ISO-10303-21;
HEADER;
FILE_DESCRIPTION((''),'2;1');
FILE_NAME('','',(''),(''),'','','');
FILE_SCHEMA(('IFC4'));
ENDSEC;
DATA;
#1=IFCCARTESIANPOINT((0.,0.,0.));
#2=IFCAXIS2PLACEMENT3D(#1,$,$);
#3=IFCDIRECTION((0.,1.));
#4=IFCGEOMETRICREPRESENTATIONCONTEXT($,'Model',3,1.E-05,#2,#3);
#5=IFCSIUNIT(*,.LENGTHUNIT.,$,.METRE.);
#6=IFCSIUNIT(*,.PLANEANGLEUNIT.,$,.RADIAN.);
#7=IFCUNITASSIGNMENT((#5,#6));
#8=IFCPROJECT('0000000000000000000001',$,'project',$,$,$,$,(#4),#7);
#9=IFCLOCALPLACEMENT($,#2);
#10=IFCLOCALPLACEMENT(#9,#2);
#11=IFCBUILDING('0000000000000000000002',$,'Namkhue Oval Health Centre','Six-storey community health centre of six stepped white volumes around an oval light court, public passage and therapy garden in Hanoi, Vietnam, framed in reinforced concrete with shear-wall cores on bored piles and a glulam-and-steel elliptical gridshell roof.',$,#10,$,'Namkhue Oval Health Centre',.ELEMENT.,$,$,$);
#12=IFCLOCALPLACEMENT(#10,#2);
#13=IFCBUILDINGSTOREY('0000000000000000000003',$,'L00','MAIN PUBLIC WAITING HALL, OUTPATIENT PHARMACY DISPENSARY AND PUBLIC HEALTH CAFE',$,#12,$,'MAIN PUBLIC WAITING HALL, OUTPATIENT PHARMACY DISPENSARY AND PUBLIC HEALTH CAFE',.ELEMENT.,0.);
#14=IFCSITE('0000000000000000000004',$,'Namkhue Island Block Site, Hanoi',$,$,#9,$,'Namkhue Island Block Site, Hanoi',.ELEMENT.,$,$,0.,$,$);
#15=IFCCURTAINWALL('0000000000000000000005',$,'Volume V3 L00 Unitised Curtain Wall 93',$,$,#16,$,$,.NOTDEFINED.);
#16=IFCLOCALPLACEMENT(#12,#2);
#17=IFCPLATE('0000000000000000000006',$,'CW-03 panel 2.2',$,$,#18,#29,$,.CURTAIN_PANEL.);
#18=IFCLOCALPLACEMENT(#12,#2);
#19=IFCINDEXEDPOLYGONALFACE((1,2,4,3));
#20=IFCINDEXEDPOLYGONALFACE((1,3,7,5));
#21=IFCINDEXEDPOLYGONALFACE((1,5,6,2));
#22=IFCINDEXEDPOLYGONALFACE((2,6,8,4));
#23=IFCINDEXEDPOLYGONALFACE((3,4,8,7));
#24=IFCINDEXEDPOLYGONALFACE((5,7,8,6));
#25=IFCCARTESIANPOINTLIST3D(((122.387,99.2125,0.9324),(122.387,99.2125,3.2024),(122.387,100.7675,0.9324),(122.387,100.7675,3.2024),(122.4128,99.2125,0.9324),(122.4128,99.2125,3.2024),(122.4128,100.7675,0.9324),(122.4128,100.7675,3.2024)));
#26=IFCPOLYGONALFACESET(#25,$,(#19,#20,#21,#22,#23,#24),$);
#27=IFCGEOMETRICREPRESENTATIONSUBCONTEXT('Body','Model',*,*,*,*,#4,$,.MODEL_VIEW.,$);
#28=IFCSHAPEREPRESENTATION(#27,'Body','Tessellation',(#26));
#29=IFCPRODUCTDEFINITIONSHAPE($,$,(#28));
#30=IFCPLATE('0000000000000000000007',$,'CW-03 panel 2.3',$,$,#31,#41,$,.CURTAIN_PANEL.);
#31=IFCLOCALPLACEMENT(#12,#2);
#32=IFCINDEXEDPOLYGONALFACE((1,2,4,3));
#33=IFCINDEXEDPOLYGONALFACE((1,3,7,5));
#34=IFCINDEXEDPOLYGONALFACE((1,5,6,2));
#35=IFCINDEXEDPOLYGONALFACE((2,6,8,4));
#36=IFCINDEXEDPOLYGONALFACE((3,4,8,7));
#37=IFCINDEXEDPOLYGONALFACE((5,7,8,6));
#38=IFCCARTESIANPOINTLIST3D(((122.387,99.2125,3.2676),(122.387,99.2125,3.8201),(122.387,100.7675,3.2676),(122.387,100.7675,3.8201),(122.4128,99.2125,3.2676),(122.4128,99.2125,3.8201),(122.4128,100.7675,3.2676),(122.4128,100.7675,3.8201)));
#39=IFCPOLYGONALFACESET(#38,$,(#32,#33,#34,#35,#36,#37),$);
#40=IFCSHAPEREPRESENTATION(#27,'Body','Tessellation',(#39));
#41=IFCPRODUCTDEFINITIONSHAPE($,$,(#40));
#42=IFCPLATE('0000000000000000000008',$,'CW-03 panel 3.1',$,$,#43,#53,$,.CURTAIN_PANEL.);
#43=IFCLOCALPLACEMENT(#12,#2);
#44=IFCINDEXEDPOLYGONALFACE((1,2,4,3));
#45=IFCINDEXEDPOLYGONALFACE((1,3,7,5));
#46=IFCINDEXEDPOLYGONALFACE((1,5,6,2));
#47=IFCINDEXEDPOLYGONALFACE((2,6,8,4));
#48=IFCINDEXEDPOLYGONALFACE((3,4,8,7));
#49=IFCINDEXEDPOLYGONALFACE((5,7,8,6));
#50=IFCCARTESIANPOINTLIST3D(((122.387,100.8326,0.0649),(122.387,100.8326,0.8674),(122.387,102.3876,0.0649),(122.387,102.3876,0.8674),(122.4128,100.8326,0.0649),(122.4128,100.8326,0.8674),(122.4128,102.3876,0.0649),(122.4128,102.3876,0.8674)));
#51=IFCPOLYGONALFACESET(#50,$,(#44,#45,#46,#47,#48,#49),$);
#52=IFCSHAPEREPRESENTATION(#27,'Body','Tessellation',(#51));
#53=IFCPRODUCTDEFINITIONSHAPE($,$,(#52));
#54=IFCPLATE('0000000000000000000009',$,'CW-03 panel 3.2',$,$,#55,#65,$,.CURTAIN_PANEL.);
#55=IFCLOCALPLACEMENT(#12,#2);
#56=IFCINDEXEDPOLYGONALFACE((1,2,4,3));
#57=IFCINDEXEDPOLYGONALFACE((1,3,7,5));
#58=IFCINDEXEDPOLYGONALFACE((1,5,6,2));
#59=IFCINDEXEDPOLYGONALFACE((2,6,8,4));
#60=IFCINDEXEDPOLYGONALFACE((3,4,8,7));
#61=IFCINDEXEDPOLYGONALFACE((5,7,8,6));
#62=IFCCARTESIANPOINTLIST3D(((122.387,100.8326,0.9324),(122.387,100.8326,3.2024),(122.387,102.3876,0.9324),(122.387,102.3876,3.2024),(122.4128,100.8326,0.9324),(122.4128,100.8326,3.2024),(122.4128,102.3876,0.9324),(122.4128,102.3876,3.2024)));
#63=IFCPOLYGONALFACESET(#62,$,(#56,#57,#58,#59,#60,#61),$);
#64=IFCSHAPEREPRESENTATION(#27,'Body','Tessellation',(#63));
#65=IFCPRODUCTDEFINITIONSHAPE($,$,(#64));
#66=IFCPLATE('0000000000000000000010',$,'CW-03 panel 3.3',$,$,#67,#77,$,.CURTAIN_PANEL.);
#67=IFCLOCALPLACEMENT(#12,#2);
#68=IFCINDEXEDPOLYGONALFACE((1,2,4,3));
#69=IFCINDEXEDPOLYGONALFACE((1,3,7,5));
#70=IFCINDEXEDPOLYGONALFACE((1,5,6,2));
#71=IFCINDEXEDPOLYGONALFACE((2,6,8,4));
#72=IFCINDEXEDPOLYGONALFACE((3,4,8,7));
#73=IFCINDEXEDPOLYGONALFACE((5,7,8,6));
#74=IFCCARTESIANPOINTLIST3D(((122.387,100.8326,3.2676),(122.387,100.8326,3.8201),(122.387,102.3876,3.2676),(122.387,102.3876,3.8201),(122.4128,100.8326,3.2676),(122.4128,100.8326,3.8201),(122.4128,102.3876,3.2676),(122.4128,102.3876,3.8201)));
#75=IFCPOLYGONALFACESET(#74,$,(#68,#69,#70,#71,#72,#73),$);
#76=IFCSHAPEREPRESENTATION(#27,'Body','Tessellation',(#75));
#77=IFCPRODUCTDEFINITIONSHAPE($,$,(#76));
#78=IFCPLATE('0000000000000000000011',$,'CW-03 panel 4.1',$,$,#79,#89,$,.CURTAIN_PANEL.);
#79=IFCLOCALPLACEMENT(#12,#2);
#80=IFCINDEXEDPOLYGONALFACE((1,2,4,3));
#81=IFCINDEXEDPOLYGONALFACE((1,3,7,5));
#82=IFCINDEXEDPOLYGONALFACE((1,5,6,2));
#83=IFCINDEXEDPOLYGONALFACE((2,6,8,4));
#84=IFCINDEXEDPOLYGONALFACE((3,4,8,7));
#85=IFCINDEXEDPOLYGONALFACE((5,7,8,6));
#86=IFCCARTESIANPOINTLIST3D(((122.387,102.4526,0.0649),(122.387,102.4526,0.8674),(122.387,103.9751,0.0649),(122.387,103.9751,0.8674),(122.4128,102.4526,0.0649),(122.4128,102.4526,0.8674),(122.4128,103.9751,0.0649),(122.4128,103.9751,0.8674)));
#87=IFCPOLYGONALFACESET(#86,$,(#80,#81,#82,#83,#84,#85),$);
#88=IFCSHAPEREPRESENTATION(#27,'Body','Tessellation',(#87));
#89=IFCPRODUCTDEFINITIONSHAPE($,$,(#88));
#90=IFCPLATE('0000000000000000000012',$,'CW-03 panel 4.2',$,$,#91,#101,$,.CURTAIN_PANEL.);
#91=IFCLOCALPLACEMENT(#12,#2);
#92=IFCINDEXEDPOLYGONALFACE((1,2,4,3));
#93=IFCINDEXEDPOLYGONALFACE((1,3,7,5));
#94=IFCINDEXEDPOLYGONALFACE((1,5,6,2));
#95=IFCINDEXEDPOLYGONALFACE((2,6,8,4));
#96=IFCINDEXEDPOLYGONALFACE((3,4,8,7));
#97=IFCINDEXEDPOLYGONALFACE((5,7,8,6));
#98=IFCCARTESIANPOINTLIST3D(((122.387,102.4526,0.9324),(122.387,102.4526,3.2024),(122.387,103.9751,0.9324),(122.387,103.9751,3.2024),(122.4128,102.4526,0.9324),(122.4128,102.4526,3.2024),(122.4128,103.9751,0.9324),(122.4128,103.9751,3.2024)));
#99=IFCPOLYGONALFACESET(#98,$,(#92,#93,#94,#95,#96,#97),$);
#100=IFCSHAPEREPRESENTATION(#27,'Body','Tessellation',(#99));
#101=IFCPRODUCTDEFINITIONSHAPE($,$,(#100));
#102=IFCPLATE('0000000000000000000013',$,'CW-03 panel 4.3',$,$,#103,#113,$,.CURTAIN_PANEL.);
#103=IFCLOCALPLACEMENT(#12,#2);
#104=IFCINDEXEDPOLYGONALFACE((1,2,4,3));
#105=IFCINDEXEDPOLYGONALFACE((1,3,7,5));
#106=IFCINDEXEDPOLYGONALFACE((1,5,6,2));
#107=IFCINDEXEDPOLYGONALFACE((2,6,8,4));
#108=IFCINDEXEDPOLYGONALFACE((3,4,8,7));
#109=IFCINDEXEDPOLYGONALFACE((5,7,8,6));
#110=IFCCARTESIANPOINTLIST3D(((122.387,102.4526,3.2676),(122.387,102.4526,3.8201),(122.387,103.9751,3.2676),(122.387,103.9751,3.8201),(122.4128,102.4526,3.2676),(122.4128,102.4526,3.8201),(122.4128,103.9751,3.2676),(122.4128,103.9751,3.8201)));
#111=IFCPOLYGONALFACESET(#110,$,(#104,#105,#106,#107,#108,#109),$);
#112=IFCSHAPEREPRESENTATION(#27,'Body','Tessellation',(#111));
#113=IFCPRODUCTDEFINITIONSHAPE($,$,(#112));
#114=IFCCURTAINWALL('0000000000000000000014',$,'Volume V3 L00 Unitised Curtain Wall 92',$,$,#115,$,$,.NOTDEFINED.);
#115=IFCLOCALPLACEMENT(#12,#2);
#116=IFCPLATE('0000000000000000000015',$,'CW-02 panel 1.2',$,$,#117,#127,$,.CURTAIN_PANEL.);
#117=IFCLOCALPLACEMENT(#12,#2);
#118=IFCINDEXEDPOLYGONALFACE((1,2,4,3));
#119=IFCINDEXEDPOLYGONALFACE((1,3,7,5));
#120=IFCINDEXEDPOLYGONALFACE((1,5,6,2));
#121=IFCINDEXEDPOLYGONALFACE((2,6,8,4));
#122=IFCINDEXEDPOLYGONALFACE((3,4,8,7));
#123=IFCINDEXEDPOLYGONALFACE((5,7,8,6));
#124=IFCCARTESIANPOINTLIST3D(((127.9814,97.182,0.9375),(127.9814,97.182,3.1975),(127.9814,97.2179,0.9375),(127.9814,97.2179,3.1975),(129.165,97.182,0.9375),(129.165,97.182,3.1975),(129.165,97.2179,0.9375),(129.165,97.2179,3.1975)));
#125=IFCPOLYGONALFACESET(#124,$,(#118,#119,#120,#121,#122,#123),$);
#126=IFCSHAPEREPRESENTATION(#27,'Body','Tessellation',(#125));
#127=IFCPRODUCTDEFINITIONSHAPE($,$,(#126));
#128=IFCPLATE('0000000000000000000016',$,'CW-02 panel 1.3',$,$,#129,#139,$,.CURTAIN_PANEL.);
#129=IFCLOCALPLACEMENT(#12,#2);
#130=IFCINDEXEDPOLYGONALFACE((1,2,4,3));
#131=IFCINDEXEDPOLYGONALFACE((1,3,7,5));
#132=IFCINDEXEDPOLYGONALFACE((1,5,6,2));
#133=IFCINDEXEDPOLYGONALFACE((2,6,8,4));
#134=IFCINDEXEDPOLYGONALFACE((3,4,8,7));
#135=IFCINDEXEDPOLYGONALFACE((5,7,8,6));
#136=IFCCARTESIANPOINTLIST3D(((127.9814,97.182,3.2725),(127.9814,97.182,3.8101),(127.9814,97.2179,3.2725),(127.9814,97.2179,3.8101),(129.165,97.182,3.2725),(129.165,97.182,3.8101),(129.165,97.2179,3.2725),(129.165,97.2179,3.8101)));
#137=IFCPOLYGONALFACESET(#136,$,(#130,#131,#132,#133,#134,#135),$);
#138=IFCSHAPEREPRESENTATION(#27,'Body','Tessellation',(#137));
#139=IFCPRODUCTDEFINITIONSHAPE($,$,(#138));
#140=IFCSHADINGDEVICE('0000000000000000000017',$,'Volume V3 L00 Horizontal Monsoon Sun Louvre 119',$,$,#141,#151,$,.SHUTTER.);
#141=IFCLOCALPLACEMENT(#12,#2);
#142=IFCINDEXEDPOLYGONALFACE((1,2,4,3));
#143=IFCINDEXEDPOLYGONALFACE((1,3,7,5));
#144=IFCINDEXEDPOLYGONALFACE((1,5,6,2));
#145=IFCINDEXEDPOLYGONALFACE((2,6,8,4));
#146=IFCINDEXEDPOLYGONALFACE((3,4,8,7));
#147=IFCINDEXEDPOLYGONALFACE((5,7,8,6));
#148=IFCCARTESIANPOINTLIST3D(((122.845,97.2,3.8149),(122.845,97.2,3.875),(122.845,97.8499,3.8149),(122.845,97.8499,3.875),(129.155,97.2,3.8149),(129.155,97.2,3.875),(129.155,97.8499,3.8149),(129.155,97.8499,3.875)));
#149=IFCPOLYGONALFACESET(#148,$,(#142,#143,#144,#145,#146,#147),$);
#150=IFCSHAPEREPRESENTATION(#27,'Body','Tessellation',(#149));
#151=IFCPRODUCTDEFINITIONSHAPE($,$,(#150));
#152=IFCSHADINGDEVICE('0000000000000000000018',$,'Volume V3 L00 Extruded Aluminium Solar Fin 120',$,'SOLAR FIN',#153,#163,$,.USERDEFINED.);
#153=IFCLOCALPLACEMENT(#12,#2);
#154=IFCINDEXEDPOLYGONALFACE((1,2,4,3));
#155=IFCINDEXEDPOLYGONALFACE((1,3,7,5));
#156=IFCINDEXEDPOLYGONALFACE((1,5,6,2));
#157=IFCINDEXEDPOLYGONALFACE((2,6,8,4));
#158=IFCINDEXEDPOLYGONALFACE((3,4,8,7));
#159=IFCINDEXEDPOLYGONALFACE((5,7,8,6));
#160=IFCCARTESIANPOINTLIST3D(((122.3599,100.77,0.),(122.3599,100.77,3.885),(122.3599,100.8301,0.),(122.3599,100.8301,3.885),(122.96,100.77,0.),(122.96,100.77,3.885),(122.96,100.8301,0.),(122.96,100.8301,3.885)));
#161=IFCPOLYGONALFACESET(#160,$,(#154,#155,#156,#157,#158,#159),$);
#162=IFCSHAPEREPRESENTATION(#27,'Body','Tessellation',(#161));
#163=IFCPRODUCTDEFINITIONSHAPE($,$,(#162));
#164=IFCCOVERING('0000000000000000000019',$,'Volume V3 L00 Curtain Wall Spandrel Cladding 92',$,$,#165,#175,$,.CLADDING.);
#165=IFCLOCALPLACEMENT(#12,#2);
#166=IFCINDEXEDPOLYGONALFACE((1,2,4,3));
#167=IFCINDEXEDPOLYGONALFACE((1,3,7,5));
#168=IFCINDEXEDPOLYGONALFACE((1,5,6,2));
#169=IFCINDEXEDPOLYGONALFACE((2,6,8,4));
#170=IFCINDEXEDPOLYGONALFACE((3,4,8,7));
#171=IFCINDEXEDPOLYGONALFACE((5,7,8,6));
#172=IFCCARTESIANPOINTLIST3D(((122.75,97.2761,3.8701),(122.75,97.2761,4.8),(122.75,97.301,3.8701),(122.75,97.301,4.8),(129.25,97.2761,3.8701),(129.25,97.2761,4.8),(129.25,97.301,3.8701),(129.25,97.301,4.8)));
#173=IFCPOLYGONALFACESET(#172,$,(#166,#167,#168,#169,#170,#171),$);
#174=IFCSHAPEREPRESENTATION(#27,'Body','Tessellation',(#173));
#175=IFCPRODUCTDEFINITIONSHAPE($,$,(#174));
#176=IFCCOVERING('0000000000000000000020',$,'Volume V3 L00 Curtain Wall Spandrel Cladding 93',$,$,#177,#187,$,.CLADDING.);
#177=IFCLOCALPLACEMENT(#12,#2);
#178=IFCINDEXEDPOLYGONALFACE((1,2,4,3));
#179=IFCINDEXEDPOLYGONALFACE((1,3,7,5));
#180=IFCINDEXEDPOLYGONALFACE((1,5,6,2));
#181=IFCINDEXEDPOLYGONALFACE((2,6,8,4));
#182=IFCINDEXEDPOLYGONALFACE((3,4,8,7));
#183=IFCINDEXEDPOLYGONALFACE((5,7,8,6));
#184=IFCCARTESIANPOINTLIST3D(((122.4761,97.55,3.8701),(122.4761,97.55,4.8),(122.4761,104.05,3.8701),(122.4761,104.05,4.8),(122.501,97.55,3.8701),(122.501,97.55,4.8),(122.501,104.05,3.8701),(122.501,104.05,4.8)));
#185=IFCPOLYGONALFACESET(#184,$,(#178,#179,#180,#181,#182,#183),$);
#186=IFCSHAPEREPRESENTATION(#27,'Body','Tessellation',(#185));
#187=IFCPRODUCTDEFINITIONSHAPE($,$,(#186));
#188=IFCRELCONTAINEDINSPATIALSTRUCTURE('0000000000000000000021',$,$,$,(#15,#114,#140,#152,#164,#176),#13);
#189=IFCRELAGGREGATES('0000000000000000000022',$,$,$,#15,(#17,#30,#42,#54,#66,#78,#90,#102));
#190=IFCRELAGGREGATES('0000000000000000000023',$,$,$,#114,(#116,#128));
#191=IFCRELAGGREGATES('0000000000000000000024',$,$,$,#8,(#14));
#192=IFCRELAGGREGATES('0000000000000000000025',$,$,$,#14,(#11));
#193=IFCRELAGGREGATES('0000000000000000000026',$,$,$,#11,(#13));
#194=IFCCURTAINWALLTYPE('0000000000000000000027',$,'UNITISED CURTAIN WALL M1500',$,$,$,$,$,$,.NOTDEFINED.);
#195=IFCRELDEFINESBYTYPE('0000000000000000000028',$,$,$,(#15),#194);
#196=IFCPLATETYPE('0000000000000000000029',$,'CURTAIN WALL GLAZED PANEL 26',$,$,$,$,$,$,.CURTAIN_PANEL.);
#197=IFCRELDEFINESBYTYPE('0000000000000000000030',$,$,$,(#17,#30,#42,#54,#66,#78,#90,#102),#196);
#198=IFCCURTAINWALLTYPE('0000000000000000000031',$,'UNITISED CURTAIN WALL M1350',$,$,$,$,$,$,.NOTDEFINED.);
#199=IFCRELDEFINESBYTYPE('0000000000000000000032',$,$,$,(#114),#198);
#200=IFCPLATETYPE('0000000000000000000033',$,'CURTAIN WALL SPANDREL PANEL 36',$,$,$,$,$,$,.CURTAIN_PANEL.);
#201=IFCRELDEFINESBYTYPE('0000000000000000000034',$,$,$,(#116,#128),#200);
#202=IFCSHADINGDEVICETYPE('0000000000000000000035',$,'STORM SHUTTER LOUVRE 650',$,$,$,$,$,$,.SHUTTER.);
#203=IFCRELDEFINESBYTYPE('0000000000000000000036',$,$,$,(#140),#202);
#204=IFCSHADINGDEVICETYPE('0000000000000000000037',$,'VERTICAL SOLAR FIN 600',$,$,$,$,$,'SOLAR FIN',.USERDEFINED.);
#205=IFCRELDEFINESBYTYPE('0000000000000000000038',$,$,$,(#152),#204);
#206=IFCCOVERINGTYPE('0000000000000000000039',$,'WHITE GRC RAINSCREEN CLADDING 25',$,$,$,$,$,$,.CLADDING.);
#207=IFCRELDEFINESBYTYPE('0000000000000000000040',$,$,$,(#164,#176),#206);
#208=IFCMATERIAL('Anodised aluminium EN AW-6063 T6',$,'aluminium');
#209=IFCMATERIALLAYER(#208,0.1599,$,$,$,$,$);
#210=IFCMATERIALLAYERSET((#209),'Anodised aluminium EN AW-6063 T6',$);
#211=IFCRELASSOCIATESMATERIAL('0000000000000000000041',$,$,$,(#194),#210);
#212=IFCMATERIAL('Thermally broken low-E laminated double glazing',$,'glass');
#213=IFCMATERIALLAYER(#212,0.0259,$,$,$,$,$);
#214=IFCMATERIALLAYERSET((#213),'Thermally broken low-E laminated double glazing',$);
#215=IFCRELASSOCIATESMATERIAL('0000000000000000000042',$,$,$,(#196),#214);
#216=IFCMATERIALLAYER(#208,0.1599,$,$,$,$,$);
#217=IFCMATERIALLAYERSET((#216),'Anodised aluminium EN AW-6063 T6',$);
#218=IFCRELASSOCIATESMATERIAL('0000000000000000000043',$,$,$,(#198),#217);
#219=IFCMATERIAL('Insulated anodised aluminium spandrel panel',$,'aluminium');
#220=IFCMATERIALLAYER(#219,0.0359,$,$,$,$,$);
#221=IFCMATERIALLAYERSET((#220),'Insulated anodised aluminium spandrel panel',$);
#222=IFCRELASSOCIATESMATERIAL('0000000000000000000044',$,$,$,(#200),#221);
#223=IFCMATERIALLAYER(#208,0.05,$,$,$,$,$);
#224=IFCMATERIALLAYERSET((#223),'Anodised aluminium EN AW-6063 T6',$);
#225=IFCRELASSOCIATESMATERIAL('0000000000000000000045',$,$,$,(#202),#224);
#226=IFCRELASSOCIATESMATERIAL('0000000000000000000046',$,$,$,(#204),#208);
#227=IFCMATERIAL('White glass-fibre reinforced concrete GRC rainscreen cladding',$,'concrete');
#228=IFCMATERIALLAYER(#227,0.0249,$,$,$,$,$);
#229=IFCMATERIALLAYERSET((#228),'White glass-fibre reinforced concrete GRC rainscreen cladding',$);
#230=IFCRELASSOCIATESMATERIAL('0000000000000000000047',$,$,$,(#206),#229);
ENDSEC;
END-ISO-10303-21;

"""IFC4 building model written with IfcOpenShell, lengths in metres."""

from ifc_helpers import new_model, si_unit, direction, frame, origin, origin_2d, place, context, subcontext, project, spatial, rectangle, extrude, material, layer, layer_set, type_object, element, aggregate, save


model = new_model("IFC4")

# Units and contexts
model_context = context("Model", 3, precision=1e-05, world=origin(), true_north=direction((0.0, 1.0)))
body_context = subcontext(model_context, "Body", "Model", "MODEL_VIEW")
ifc_project = project(units=[si_unit("LENGTHUNIT", "METRE"), si_unit("PLANEANGLEUNIT", "RADIAN")], contexts=[model_context])

# Site, building, storey
site_placement = place(None, origin())
site = spatial("IfcSite", under=ifc_project, at=site_placement, Name="Namkhue Island Block Site, Hanoi", LongName="Namkhue Island Block Site, Hanoi", CompositionType="ELEMENT", RefElevation=0.0)
building_placement = place(site_placement, origin())
building = spatial("IfcBuilding", under=site, at=building_placement, Name="Namkhue Oval Health Centre", Description="Six-storey community health centre of six stepped white volumes around an oval light court, public passage and therapy garden in Hanoi, Vietnam, framed in reinforced concrete with shear-wall cores on bored piles and a glulam-and-steel elliptical gridshell roof.", LongName="Namkhue Oval Health Centre", CompositionType="ELEMENT")
storey_placement = place(building_placement, origin())
storey = spatial("IfcBuildingStorey", under=building, at=storey_placement, Name="L00", Description="MAIN PUBLIC WAITING HALL, OUTPATIENT PHARMACY DISPENSARY AND PUBLIC HEALTH CAFE", LongName="MAIN PUBLIC WAITING HALL, OUTPATIENT PHARMACY DISPENSARY AND PUBLIC HEALTH CAFE", CompositionType="ELEMENT", Elevation=0.0)

# Curtain wall, plates
ifc_material_1 = material(Name="Anodised aluminium EN AW-6063 T6", Category="aluminium")
ifc_layer_1 = layer(ifc_material_1, 0.1599)
ifc_layer_set_1 = layer_set([ifc_layer_1], Name="Anodised aluminium EN AW-6063 T6")
curtain_wall_type_1 = type_object("IfcCurtainWallType", Name="UNITISED CURTAIN WALL M1500", PredefinedType="NOTDEFINED", material=ifc_layer_set_1)
curtain_wall_1_placement = place(storey_placement, origin())
curtain_wall_1 = element("IfcCurtainWall", 1, at=curtain_wall_1_placement, inside=storey, type_object=curtain_wall_type_1, Name="Volume V3 L00 Unitised Curtain Wall 93", PredefinedType="NOTDEFINED")
ifc_material_2 = material(Name="Thermally broken low-E laminated double glazing", Category="glass")
ifc_layer_2 = layer(ifc_material_2, 0.0259)
ifc_layer_set_2 = layer_set([ifc_layer_2], Name="Thermally broken low-E laminated double glazing")
plate_type_1 = type_object("IfcPlateType", Name="CURTAIN WALL GLAZED PANEL 26", PredefinedType="CURTAIN_PANEL", material=ifc_layer_set_2)
plate_1_placement = place(storey_placement, frame((122.3999, 99.99, 0.9324), z_axis=(0.0, 0.0, 1.0), x_axis=(0.0, 1.0, 0.0)))
plate_1 = element("IfcPlate", 2, at=plate_1_placement, type_object=plate_type_1, Name="CW-03 panel 2.2", PredefinedType="CURTAIN_PANEL", context=body_context, shape_type="SweptSolid", body=[
    extrude(rectangle(XDim=1.5549, YDim=0.0259, at=origin_2d()), origin(), (0.0, 0.0, 1.0), 2.27),
])
plate_2_placement = place(storey_placement, frame((122.3999, 99.99, 3.2676), z_axis=(0.0, 0.0, 1.0), x_axis=(0.0, 1.0, 0.0)))
plate_2 = element("IfcPlate", 3, at=plate_2_placement, type_object=plate_type_1, Name="CW-03 panel 2.3", PredefinedType="CURTAIN_PANEL", context=body_context, shape_type="SweptSolid", body=[
    extrude(rectangle(XDim=1.5549, YDim=0.0259, at=origin_2d()), origin(), (0.0, 0.0, 1.0), 0.5525),
])
plate_3_placement = place(storey_placement, frame((122.3999, 101.6101, 0.0649), z_axis=(0.0, 0.0, 1.0), x_axis=(0.0, 1.0, 0.0)))
plate_3 = element("IfcPlate", 4, at=plate_3_placement, type_object=plate_type_1, Name="CW-03 panel 3.1", PredefinedType="CURTAIN_PANEL", context=body_context, shape_type="SweptSolid", body=[
    extrude(rectangle(XDim=1.5549, YDim=0.0259, at=origin_2d()), origin(), (0.0, 0.0, 1.0), 0.8025),
])
plate_4_placement = place(storey_placement, frame((122.3999, 101.6101, 0.9324), z_axis=(0.0, 0.0, 1.0), x_axis=(0.0, 1.0, 0.0)))
plate_4 = element("IfcPlate", 5, at=plate_4_placement, type_object=plate_type_1, Name="CW-03 panel 3.2", PredefinedType="CURTAIN_PANEL", context=body_context, shape_type="SweptSolid", body=[
    extrude(rectangle(XDim=1.5549, YDim=0.0259, at=origin_2d()), origin(), (0.0, 0.0, 1.0), 2.27),
])
plate_5_placement = place(storey_placement, frame((122.3999, 101.6101, 3.2676), z_axis=(0.0, 0.0, 1.0), x_axis=(0.0, 1.0, 0.0)))
plate_5 = element("IfcPlate", 6, at=plate_5_placement, type_object=plate_type_1, Name="CW-03 panel 3.3", PredefinedType="CURTAIN_PANEL", context=body_context, shape_type="SweptSolid", body=[
    extrude(rectangle(XDim=1.5549, YDim=0.0259, at=origin_2d()), origin(), (0.0, 0.0, 1.0), 0.5525),
])
plate_6_placement = place(storey_placement, frame((122.3999, 103.2139, 0.0649), z_axis=(0.0, 0.0, 1.0), x_axis=(0.0, 1.0, 0.0)))
plate_6 = element("IfcPlate", 7, at=plate_6_placement, type_object=plate_type_1, Name="CW-03 panel 4.1", PredefinedType="CURTAIN_PANEL", context=body_context, shape_type="SweptSolid", body=[
    extrude(rectangle(XDim=1.5225, YDim=0.0259, at=origin_2d()), origin(), (0.0, 0.0, 1.0), 0.8025),
])
plate_7_placement = place(storey_placement, frame((122.3999, 103.2139, 0.9324), z_axis=(0.0, 0.0, 1.0), x_axis=(0.0, 1.0, 0.0)))
plate_7 = element("IfcPlate", 8, at=plate_7_placement, type_object=plate_type_1, Name="CW-03 panel 4.2", PredefinedType="CURTAIN_PANEL", context=body_context, shape_type="SweptSolid", body=[
    extrude(rectangle(XDim=1.5225, YDim=0.0259, at=origin_2d()), origin(), (0.0, 0.0, 1.0), 2.27),
])
plate_8_placement = place(storey_placement, frame((122.3999, 103.2139, 3.2676), z_axis=(0.0, 0.0, 1.0), x_axis=(0.0, 1.0, 0.0)))
plate_8 = element("IfcPlate", 9, at=plate_8_placement, type_object=plate_type_1, Name="CW-03 panel 4.3", PredefinedType="CURTAIN_PANEL", context=body_context, shape_type="SweptSolid", body=[
    extrude(rectangle(XDim=1.5225, YDim=0.0259, at=origin_2d()), origin(), (0.0, 0.0, 1.0), 0.5525),
])
aggregate(curtain_wall_1, [plate_1, plate_2, plate_3, plate_4, plate_5, plate_6, plate_7, plate_8])

# Curtain wall, plates
ifc_layer_3 = layer(ifc_material_1, 0.1599)
ifc_layer_set_3 = layer_set([ifc_layer_3], Name="Anodised aluminium EN AW-6063 T6")
curtain_wall_type_2 = type_object("IfcCurtainWallType", Name="UNITISED CURTAIN WALL M1350", PredefinedType="NOTDEFINED", material=ifc_layer_set_3)
curtain_wall_2_placement = place(storey_placement, origin())
curtain_wall_2 = element("IfcCurtainWall", 10, at=curtain_wall_2_placement, inside=storey, type_object=curtain_wall_type_2, Name="Volume V3 L00 Unitised Curtain Wall 92", PredefinedType="NOTDEFINED")
ifc_material_3 = material(Name="Insulated anodised aluminium spandrel panel", Category="aluminium")
ifc_layer_4 = layer(ifc_material_3, 0.0359)
ifc_layer_set_4 = layer_set([ifc_layer_4], Name="Insulated anodised aluminium spandrel panel")
plate_type_2 = type_object("IfcPlateType", Name="CURTAIN WALL SPANDREL PANEL 36", PredefinedType="CURTAIN_PANEL", material=ifc_layer_set_4)
plate_9_placement = place(storey_placement, frame((128.5732, 97.2, 0.9375), z_axis=(0.0, 0.0, 1.0), x_axis=(-1.0, 0.0, 0.0)))
plate_9 = element("IfcPlate", 11, at=plate_9_placement, type_object=plate_type_2, Name="CW-02 panel 1.2", PredefinedType="CURTAIN_PANEL", context=body_context, shape_type="SweptSolid", body=[
    extrude(rectangle(XDim=1.1836, YDim=0.0359, at=origin_2d()), origin(), (0.0, 0.0, 1.0), 2.26),
])
plate_10_placement = place(storey_placement, frame((128.5732, 97.2, 3.2725), z_axis=(0.0, 0.0, 1.0), x_axis=(-1.0, 0.0, 0.0)))
plate_10 = element("IfcPlate", 12, at=plate_10_placement, type_object=plate_type_2, Name="CW-02 panel 1.3", PredefinedType="CURTAIN_PANEL", context=body_context, shape_type="SweptSolid", body=[
    extrude(rectangle(XDim=1.1836, YDim=0.0359, at=origin_2d()), origin(), (0.0, 0.0, 1.0), 0.5376),
])
aggregate(curtain_wall_2, [plate_9, plate_10])

# Shading devices
ifc_layer_5 = layer(ifc_material_1, 0.05)
ifc_layer_set_5 = layer_set([ifc_layer_5], Name="Anodised aluminium EN AW-6063 T6")
shading_device_type_1 = type_object("IfcShadingDeviceType", Name="STORM SHUTTER LOUVRE 650", PredefinedType="SHUTTER", material=ifc_layer_set_5)
shading_device_1_placement = place(storey_placement, frame((126.0, 97.5249, 3.8149), z_axis=(0.0, 0.0, 1.0), x_axis=(-1.0, 0.0, 0.0)))
element("IfcShadingDevice", 13, at=shading_device_1_placement, inside=storey, type_object=shading_device_type_1, Name="Volume V3 L00 Horizontal Monsoon Sun Louvre 119", PredefinedType="SHUTTER", context=body_context, shape_type="SweptSolid", body=[
    extrude(rectangle(XDim=6.3101, YDim=0.6499, at=origin_2d()), origin(), (0.0, 0.0, 1.0), 0.0601),
])
shading_device_type_2 = type_object("IfcShadingDeviceType", Name="VERTICAL SOLAR FIN 600", ElementType="SOLAR FIN", PredefinedType="USERDEFINED", material=ifc_material_1)
shading_device_2_placement = place(storey_placement, frame((122.6599, 100.8, 0.0), z_axis=(0.0, 0.0, 1.0), x_axis=(1.0, 0.0, 0.0)))
element("IfcShadingDevice", 14, at=shading_device_2_placement, inside=storey, type_object=shading_device_type_2, Name="Volume V3 L00 Extruded Aluminium Solar Fin 120", ObjectType="SOLAR FIN", PredefinedType="USERDEFINED", context=body_context, shape_type="SweptSolid", body=[
    extrude(rectangle(XDim=0.6001, YDim=0.0601, at=origin_2d()), origin(), (0.0, 0.0, 1.0), 3.885),
])

# Coverings
ifc_material_4 = material(Name="White glass-fibre reinforced concrete GRC rainscreen cladding", Category="concrete")
ifc_layer_6 = layer(ifc_material_4, 0.0249)
ifc_layer_set_6 = layer_set([ifc_layer_6], Name="White glass-fibre reinforced concrete GRC rainscreen cladding")
covering_type = type_object("IfcCoveringType", Name="WHITE GRC RAINSCREEN CLADDING 25", PredefinedType="CLADDING", material=ifc_layer_set_6)
for number, where, z_axis, x_axis, name in (
    (15, (126.0, 97.2886, 3.8701), (0.0, 0.0, 1.0), (-1.0, 0.0, 0.0), "Volume V3 L00 Curtain Wall Spandrel Cladding 92"),
    (16, (122.4885, 100.8, 3.8701), (0.0, 0.0, 1.0), (0.0, 1.0, 0.0), "Volume V3 L00 Curtain Wall Spandrel Cladding 93"),
):
    element("IfcCovering", number, at=place(storey_placement, frame(where, z_axis=z_axis, x_axis=x_axis)), inside=storey, type_object=covering_type, Name=name, PredefinedType="CLADDING", context=body_context, shape_type="SweptSolid", body=[
        extrude(rectangle(XDim=6.5, YDim=0.0249, at=origin_2d()), origin(), (0.0, 0.0, 1.0), 0.9299),
    ])

save(model, "model.ifc")
